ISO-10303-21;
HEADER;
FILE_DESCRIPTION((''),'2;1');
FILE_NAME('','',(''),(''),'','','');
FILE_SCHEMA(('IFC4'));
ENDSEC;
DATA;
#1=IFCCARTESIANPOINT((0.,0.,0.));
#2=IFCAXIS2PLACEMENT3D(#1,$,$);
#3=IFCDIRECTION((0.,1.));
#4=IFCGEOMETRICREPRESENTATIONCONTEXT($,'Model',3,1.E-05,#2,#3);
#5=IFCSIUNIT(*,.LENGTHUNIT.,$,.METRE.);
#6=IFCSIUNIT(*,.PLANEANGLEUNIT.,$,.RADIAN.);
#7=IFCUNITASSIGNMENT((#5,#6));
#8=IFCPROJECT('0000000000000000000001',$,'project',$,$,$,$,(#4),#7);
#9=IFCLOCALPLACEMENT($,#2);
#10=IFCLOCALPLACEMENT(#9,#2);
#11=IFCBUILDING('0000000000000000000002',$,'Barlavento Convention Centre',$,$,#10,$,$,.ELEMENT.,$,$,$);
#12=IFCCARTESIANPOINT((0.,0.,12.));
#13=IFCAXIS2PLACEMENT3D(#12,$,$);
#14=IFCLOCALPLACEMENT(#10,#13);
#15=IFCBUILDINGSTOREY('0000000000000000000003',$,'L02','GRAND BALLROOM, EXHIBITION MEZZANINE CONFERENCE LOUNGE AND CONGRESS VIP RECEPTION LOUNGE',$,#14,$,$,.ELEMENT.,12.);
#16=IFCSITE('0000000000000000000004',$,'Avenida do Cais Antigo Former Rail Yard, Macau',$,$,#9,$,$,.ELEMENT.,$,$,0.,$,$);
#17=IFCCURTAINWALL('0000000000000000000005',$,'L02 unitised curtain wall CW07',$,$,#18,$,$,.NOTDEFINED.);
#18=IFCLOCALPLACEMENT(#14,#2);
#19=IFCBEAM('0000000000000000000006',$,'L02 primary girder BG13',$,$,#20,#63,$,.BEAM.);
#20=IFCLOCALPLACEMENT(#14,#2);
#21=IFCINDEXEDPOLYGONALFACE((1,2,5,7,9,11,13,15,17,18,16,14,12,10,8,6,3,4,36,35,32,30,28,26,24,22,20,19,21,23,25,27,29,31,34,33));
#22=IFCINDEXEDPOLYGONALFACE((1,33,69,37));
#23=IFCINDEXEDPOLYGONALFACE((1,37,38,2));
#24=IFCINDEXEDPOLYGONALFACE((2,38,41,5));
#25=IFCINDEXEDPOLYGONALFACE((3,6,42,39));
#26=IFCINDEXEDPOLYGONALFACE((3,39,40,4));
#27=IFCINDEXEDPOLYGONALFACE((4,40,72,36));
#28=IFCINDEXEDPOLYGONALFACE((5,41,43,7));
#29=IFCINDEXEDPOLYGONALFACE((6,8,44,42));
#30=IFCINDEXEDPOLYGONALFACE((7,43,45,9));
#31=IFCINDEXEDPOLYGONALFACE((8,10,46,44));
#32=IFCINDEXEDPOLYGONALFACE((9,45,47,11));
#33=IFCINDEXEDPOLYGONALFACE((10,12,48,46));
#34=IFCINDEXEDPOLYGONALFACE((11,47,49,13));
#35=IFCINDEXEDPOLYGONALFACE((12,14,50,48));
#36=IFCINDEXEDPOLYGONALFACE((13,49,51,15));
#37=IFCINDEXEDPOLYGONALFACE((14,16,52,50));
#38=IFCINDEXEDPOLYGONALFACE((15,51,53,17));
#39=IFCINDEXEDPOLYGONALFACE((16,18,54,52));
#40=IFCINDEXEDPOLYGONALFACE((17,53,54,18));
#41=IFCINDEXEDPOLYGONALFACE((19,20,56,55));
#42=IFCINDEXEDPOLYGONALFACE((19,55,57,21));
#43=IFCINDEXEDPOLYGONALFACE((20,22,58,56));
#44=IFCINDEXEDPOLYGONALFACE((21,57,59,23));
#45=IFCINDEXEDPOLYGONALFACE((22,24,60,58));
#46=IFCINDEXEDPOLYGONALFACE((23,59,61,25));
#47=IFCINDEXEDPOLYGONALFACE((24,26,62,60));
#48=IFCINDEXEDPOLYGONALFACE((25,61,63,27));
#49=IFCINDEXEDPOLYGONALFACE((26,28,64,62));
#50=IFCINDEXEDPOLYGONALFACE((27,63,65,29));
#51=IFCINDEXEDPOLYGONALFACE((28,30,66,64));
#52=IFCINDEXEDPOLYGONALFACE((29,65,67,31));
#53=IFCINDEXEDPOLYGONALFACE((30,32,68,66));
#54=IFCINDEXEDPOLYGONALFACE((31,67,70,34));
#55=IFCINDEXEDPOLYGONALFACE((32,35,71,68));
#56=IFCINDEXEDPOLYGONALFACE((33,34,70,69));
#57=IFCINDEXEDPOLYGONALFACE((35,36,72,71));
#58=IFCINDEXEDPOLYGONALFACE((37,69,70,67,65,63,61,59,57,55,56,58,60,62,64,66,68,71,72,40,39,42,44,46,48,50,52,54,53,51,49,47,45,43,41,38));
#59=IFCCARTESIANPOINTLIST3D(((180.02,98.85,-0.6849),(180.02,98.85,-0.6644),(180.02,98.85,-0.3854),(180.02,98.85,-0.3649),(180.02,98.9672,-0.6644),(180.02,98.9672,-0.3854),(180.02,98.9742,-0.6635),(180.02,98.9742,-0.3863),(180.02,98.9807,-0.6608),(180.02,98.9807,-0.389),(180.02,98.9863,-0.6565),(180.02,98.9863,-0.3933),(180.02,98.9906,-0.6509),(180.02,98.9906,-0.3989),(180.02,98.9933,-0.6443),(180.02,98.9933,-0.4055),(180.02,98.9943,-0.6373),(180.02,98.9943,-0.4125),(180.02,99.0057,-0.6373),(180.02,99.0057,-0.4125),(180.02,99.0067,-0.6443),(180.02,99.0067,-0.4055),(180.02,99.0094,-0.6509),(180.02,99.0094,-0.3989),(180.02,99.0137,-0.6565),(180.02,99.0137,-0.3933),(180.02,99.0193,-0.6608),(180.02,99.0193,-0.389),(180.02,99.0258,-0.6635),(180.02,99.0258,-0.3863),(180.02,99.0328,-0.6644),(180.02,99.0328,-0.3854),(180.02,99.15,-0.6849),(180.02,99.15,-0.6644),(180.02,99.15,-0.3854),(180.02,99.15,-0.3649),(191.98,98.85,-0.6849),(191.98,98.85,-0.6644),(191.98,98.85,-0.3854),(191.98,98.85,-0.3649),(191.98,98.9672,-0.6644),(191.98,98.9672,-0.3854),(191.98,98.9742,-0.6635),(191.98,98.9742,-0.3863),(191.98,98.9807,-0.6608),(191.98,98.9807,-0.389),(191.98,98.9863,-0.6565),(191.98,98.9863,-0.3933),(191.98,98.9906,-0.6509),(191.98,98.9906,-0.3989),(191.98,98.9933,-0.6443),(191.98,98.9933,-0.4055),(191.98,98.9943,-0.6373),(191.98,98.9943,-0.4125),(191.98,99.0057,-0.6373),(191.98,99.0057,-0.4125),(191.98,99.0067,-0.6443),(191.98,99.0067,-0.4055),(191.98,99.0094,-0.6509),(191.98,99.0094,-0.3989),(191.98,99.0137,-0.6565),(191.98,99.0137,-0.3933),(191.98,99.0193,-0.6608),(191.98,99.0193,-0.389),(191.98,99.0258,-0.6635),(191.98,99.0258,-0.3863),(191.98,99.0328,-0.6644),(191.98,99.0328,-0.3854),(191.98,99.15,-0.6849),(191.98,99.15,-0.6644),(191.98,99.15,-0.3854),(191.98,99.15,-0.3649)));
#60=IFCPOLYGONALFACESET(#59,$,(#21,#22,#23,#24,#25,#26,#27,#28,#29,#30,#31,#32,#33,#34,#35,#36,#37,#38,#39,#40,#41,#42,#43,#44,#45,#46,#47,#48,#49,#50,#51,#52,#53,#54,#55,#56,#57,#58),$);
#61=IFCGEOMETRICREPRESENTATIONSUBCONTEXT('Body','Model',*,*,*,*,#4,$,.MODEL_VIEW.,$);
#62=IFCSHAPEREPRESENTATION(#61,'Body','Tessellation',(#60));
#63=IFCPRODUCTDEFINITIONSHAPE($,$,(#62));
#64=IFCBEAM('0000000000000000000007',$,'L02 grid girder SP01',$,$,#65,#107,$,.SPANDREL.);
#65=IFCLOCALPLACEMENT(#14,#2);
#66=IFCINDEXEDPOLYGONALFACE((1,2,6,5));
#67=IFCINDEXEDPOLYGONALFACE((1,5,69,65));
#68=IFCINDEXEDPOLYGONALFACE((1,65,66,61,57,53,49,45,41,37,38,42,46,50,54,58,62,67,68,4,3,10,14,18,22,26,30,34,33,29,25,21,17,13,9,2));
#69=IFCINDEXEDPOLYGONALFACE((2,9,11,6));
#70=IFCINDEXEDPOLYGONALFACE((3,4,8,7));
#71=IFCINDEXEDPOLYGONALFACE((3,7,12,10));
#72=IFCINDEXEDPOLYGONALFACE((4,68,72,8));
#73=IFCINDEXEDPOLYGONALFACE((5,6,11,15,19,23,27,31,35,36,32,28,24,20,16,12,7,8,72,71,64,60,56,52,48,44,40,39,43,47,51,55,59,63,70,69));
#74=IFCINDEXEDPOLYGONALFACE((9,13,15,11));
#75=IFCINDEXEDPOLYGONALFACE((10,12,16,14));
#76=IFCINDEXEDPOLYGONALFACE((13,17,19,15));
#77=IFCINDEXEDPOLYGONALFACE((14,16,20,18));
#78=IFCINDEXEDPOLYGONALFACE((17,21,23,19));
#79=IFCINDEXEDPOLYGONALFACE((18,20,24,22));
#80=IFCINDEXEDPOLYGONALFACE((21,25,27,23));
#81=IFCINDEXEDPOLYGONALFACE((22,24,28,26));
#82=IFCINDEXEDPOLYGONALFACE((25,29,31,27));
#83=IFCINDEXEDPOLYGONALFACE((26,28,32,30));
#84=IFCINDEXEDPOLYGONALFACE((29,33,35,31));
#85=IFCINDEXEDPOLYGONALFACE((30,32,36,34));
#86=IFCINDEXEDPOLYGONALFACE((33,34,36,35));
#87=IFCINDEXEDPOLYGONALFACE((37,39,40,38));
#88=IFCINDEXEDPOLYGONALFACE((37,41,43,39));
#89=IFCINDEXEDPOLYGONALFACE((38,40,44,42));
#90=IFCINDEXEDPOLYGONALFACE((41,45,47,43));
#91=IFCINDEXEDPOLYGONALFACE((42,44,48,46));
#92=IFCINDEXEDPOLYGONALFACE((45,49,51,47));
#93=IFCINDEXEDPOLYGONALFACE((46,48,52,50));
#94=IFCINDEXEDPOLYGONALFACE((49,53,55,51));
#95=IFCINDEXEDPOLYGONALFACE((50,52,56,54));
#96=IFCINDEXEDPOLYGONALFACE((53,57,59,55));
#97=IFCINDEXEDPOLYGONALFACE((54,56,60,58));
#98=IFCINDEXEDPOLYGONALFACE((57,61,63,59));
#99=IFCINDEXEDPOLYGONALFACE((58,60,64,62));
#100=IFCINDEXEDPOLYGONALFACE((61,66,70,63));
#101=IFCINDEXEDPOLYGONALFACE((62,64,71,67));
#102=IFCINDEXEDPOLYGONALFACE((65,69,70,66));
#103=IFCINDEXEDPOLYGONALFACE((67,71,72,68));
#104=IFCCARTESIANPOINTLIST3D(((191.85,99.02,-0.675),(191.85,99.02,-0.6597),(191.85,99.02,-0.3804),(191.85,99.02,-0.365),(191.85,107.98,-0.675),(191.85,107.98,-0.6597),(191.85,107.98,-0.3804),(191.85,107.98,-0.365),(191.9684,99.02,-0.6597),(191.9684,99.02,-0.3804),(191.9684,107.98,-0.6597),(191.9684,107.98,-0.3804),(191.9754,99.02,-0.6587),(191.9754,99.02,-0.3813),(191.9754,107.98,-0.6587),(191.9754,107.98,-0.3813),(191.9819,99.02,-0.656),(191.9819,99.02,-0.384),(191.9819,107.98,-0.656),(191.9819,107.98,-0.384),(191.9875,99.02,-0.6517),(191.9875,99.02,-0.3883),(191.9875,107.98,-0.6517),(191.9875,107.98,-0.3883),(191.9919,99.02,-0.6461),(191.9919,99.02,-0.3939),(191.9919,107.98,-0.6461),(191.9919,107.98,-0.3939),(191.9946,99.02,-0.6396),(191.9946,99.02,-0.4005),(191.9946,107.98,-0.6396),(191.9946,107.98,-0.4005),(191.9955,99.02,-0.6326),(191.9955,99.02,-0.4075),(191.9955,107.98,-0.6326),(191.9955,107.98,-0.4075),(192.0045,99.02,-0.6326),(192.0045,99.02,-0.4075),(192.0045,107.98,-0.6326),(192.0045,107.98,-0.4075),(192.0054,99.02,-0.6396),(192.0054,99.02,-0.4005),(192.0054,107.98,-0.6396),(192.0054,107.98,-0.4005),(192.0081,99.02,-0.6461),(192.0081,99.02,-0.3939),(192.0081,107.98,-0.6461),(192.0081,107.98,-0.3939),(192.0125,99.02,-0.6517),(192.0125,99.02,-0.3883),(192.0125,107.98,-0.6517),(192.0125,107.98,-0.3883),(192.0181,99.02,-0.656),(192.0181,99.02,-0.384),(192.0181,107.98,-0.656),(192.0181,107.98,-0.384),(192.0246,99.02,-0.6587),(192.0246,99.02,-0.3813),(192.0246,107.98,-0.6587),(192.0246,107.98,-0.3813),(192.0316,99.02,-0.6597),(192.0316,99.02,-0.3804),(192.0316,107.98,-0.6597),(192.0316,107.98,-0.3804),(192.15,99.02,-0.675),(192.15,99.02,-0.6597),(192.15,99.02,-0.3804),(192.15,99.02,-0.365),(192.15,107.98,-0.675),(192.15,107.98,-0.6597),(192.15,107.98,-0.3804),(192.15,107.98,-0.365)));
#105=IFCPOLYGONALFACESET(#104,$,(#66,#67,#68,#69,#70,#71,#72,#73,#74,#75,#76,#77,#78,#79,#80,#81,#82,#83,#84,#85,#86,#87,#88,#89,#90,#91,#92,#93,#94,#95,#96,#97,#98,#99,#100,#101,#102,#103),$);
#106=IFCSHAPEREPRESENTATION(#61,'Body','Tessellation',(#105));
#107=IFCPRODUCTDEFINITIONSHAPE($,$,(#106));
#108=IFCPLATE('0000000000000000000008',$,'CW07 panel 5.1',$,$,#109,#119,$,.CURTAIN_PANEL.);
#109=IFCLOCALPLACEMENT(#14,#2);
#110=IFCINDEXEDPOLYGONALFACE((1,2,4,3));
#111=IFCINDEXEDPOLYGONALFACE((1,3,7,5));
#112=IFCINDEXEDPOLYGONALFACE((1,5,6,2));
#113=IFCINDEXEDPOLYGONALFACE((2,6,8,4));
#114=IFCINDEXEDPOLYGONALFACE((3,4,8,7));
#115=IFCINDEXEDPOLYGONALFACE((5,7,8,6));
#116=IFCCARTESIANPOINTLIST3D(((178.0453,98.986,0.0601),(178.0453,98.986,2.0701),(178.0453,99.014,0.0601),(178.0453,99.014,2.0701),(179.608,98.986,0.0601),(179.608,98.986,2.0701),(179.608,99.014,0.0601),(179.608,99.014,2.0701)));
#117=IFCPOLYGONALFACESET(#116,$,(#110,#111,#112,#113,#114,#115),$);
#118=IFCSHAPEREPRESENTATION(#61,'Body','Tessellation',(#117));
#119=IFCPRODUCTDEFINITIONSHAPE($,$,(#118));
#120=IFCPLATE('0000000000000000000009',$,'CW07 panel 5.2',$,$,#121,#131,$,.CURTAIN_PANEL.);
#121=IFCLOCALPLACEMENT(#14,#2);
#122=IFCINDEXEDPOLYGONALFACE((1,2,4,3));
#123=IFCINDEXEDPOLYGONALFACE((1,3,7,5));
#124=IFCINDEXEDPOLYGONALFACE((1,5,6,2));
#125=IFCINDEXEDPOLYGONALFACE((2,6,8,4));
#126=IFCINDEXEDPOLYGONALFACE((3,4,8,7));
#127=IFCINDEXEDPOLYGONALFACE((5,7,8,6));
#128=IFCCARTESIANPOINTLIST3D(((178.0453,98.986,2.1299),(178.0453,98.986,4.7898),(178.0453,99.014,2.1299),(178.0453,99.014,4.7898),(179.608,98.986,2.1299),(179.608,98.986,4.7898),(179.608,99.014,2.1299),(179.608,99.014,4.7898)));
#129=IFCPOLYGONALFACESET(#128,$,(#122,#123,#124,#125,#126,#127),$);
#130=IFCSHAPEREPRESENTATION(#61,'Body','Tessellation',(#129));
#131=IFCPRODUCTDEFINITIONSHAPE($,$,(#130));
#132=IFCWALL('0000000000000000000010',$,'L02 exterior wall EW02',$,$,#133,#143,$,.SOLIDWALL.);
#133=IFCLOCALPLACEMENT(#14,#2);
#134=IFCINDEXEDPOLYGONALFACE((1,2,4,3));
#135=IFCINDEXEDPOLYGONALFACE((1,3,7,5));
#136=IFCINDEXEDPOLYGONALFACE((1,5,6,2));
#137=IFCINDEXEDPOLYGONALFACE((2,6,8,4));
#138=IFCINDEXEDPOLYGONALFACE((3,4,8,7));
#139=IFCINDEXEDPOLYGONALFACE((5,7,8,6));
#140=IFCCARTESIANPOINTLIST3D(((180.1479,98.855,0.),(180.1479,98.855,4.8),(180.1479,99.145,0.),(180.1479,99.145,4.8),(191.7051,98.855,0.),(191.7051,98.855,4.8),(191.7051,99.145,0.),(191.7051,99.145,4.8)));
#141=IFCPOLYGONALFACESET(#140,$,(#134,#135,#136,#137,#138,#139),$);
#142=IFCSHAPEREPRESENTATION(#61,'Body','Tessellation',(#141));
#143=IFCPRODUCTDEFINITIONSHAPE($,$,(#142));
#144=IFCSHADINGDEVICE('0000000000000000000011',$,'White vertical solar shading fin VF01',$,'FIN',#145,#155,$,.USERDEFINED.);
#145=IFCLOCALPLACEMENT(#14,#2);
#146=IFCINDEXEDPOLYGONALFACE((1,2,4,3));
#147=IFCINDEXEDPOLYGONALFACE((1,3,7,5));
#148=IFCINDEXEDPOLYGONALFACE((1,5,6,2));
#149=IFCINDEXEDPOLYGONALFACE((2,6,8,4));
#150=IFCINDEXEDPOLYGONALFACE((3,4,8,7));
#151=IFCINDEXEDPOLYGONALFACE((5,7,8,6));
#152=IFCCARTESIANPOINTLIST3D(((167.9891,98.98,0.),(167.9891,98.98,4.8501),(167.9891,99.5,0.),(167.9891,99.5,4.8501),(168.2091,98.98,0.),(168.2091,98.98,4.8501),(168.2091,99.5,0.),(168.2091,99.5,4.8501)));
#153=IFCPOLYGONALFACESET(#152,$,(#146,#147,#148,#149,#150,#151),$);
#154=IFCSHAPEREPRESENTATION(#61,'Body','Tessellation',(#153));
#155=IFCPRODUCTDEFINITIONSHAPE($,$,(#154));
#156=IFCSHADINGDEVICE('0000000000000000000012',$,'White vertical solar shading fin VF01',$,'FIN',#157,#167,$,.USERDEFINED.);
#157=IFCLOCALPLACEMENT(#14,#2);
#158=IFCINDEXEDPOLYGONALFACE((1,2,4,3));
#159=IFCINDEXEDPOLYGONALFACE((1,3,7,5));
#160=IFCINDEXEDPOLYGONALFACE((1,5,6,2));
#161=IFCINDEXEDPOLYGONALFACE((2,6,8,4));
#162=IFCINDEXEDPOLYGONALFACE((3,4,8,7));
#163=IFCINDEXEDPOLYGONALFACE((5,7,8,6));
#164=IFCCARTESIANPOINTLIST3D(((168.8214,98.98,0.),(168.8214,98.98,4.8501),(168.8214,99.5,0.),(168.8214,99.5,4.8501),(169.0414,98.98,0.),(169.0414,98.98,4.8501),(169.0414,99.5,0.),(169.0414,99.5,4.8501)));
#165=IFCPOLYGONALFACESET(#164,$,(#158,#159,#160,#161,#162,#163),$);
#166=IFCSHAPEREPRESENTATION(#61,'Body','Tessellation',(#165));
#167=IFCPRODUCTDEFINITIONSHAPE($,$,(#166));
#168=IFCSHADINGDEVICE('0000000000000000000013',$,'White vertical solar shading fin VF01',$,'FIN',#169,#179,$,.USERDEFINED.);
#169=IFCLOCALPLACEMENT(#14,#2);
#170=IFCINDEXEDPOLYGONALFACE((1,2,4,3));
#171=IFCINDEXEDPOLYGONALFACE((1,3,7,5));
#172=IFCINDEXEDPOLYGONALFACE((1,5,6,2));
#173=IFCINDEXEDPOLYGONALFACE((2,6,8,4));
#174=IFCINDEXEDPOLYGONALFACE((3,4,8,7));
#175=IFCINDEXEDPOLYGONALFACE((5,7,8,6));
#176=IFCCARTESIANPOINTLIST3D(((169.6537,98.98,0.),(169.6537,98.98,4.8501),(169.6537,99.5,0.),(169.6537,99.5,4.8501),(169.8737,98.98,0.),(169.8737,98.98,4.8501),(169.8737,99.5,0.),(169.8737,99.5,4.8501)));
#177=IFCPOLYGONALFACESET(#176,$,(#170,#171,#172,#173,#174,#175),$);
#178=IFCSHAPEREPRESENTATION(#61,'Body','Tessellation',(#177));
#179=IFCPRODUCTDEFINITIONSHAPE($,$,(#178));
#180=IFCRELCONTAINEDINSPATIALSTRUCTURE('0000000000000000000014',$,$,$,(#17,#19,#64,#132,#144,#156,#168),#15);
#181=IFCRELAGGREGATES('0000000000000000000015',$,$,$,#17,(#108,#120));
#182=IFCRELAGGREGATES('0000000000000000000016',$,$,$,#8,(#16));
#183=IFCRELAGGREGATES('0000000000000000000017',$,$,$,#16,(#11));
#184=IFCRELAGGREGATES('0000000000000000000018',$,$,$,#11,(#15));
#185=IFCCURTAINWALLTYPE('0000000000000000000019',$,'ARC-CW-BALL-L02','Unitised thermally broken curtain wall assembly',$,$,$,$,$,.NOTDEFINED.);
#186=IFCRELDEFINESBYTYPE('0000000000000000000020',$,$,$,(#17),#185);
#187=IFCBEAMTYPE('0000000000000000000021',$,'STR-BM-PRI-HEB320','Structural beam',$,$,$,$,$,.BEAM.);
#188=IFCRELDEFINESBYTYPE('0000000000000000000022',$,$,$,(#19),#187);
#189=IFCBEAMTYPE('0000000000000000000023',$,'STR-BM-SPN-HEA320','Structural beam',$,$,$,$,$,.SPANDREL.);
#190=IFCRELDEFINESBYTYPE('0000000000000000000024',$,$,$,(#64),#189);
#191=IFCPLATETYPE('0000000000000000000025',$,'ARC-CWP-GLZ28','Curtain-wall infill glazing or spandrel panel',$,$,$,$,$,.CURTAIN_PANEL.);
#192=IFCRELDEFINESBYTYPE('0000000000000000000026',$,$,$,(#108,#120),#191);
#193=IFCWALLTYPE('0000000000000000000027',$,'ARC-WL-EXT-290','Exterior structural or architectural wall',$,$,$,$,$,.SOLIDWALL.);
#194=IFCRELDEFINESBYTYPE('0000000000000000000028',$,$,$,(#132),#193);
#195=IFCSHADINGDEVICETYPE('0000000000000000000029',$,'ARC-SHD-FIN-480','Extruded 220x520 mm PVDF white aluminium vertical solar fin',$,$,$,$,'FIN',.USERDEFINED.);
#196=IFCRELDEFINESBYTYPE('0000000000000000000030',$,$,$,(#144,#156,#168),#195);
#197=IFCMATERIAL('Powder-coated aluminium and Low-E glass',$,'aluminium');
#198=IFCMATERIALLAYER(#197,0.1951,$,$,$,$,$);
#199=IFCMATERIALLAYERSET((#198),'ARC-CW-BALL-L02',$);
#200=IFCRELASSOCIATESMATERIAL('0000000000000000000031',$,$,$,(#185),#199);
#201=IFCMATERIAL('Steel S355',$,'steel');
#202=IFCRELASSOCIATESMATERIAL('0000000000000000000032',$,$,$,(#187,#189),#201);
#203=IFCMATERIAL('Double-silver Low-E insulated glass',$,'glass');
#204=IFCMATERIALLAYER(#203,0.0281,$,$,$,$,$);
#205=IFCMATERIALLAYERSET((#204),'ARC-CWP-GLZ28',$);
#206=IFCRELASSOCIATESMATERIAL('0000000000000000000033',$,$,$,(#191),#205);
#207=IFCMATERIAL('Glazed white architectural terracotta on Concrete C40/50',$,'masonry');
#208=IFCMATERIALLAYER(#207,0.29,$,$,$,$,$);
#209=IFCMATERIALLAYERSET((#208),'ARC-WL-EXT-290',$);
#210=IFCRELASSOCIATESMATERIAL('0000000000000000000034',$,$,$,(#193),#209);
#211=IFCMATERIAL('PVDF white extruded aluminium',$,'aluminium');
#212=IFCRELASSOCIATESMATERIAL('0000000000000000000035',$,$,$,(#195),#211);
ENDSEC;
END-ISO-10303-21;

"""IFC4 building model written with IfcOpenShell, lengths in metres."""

from ifc_helpers import new_model, si_unit, direction, frame, frame_2d, origin, origin_2d, place, context, subcontext, project, spatial, rectangle, i_section, extrude, material, layer, layer_set, material_profile, profile_set, type_object, element, aggregate, save


model = new_model("IFC4")

# Units and contexts
model_context = context("Model", 3, precision=1e-05, world=origin(), true_north=direction((0.0, 1.0)))
body_context = subcontext(model_context, "Body", "Model", "MODEL_VIEW")
ifc_project = project(units=[si_unit("LENGTHUNIT", "METRE"), si_unit("PLANEANGLEUNIT", "RADIAN")], contexts=[model_context])

# Site, building, storey
site_placement = place(None, origin())
site = spatial("IfcSite", under=ifc_project, at=site_placement, Name="Avenida do Cais Antigo Former Rail Yard, Macau", CompositionType="ELEMENT", RefElevation=0.0)
building_placement = place(site_placement, origin())
building = spatial("IfcBuilding", under=site, at=building_placement, Name="Barlavento Convention Centre", CompositionType="ELEMENT")
storey_placement = place(building_placement, frame((0.0, 0.0, 12.0)))
storey = spatial("IfcBuildingStorey", under=building, at=storey_placement, Name="L02", Description="GRAND BALLROOM, EXHIBITION MEZZANINE CONFERENCE LOUNGE AND CONGRESS VIP RECEPTION LOUNGE", CompositionType="ELEMENT", Elevation=12.0)

# Shared definitions
ifc_material_1 = material(Name="Steel S355", Category="steel")

# Curtain wall
ifc_material_2 = material(Name="Powder-coated aluminium and Low-E glass", Category="aluminium")
ifc_layer_1 = layer(ifc_material_2, 0.1951)
ifc_layer_set_1 = layer_set([ifc_layer_1], Name="ARC-CW-BALL-L02")
curtain_wall_type = type_object("IfcCurtainWallType", Name="ARC-CW-BALL-L02", Description="Unitised thermally broken curtain wall assembly", PredefinedType="NOTDEFINED", material=ifc_layer_set_1)
curtain_wall_placement = place(storey_placement, origin())
curtain_wall = element("IfcCurtainWall", 1, at=curtain_wall_placement, inside=storey, type_object=curtain_wall_type, Name="L02 unitised curtain wall CW07", PredefinedType="NOTDEFINED")

# Beams
ifc_material_profile_1 = material_profile(ifc_material_1, i_section(OverallWidth=0.3, OverallDepth=0.3201, WebThickness=0.0115, FlangeThickness=0.0205, FilletRadius=0.0271, at=origin_2d()), Name="HEB 320")
ifc_profile_set_1 = profile_set([ifc_material_profile_1], Name="Steel S355")
beam_type_1 = type_object("IfcBeamType", Name="STR-BM-PRI-HEB320", Description="Structural beam", PredefinedType="BEAM", material=ifc_profile_set_1)
beam_1_placement = place(storey_placement, frame((180.02, 99.0, -0.5249), z_axis=(1.0, 0.0, 0.0), x_axis=(0.0, 1.0, 0.0)))
element("IfcBeam", 2, at=beam_1_placement, inside=storey, type_object=beam_type_1, Name="L02 primary girder BG13", PredefinedType="BEAM", context=body_context, shape_type="SweptSolid", body=[
    extrude(i_section(OverallWidth=0.3, OverallDepth=0.3201, WebThickness=0.0115, FlangeThickness=0.0205, FilletRadius=0.0271, at=origin_2d()), origin(), (0.0, 0.0, 1.0), 11.96),
])
ifc_material_profile_2 = material_profile(ifc_material_1, i_section(OverallWidth=0.3, OverallDepth=0.3101, WebThickness=0.009, FlangeThickness=0.0154, FilletRadius=0.0271, at=origin_2d()), Name="HEA 320")
ifc_profile_set_2 = profile_set([ifc_material_profile_2], Name="Steel S355")
beam_type_2 = type_object("IfcBeamType", Name="STR-BM-SPN-HEA320", Description="Structural beam", PredefinedType="SPANDREL", material=ifc_profile_set_2)
beam_2_placement = place(storey_placement, frame((192.0, 99.02, -0.52), z_axis=(0.0, 1.0, 0.0), x_axis=(-1.0, 0.0, 0.0)))
element("IfcBeam", 3, at=beam_2_placement, inside=storey, type_object=beam_type_2, Name="L02 grid girder SP01", PredefinedType="SPANDREL", context=body_context, shape_type="SweptSolid", body=[
    extrude(i_section(OverallWidth=0.3, OverallDepth=0.3101, WebThickness=0.009, FlangeThickness=0.0154, FilletRadius=0.0271, at=origin_2d()), origin(), (0.0, 0.0, 1.0), 8.96),
])

# Plates
ifc_material_3 = material(Name="Double-silver Low-E insulated glass", Category="glass")
ifc_layer_2 = layer(ifc_material_3, 0.0281)
ifc_layer_set_2 = layer_set([ifc_layer_2], Name="ARC-CWP-GLZ28")
plate_type = type_object("IfcPlateType", Name="ARC-CWP-GLZ28", Description="Curtain-wall infill glazing or spandrel panel", PredefinedType="CURTAIN_PANEL", material=ifc_layer_set_2)
plate_1_placement = place(storey_placement, frame((178.8267, 99.0, 0.0601), z_axis=(0.0, 0.0, 1.0), x_axis=(1.0, 0.0, 0.0)))
plate_1 = element("IfcPlate", 4, at=plate_1_placement, type_object=plate_type, Name="CW07 panel 5.1", PredefinedType="CURTAIN_PANEL", context=body_context, shape_type="SweptSolid", body=[
    extrude(rectangle(XDim=1.5627, YDim=0.0281, at=origin_2d()), origin(), (0.0, 0.0, 1.0), 2.01),
])
plate_2_placement = place(storey_placement, frame((178.8267, 99.0, 2.1299), z_axis=(0.0, 0.0, 1.0), x_axis=(1.0, 0.0, 0.0)))
plate_2 = element("IfcPlate", 5, at=plate_2_placement, type_object=plate_type, Name="CW07 panel 5.2", PredefinedType="CURTAIN_PANEL", context=body_context, shape_type="SweptSolid", body=[
    extrude(rectangle(XDim=1.5627, YDim=0.0281, at=origin_2d()), origin(), (0.0, 0.0, 1.0), 2.6599),
])
aggregate(curtain_wall, [plate_1, plate_2])

# Wall
ifc_material_4 = material(Name="Glazed white architectural terracotta on Concrete C40/50", Category="masonry")
ifc_layer_3 = layer(ifc_material_4, 0.29)
ifc_layer_set_3 = layer_set([ifc_layer_3], Name="ARC-WL-EXT-290")
wall_type = type_object("IfcWallType", Name="ARC-WL-EXT-290", Description="Exterior structural or architectural wall", PredefinedType="SOLIDWALL", material=ifc_layer_set_3)
wall_placement = place(storey_placement, frame((180.1479, 99.0, 0.0), z_axis=(0.0, 0.0, 1.0), x_axis=(1.0, 0.0, 0.0)))
element("IfcWall", 6, at=wall_placement, inside=storey, type_object=wall_type, Name="L02 exterior wall EW02", PredefinedType="SOLIDWALL", context=body_context, shape_type="SweptSolid", body=[
    extrude(rectangle(XDim=11.5571, YDim=0.29, at=frame_2d((5.7786, 0.0))), origin(), (0.0, 0.0, 1.0), 4.8),
])

# Shading devices
ifc_material_5 = material(Name="PVDF white extruded aluminium", Category="aluminium")
shading_device_type = type_object("IfcShadingDeviceType", Name="ARC-SHD-FIN-480", Description="Extruded 220x520 mm PVDF white aluminium vertical solar fin", ElementType="FIN", PredefinedType="USERDEFINED", material=ifc_material_5)
for number, where, z_axis, x_axis, name in (
    (7, (168.0991, 99.24, 0.0), (0.0, 0.0, 1.0), (1.0, 0.0, 0.0), "White vertical solar shading fin VF01"),
    (8, (168.9314, 99.24, 0.0), (0.0, 0.0, 1.0), (1.0, 0.0, 0.0), "White vertical solar shading fin VF01"),
    (9, (169.7637, 99.24, 0.0), (0.0, 0.0, 1.0), (1.0, 0.0, 0.0), "White vertical solar shading fin VF01"),
):
    element("IfcShadingDevice", number, at=place(storey_placement, frame(where, z_axis=z_axis, x_axis=x_axis)), inside=storey, type_object=shading_device_type, Name=name, ObjectType="FIN", PredefinedType="USERDEFINED", context=body_context, shape_type="SweptSolid", body=[
        extrude(rectangle(XDim=0.22, YDim=0.52, at=origin_2d()), origin(), (0.0, 0.0, 1.0), 4.8501),
    ])

save(model, "model.ifc")
